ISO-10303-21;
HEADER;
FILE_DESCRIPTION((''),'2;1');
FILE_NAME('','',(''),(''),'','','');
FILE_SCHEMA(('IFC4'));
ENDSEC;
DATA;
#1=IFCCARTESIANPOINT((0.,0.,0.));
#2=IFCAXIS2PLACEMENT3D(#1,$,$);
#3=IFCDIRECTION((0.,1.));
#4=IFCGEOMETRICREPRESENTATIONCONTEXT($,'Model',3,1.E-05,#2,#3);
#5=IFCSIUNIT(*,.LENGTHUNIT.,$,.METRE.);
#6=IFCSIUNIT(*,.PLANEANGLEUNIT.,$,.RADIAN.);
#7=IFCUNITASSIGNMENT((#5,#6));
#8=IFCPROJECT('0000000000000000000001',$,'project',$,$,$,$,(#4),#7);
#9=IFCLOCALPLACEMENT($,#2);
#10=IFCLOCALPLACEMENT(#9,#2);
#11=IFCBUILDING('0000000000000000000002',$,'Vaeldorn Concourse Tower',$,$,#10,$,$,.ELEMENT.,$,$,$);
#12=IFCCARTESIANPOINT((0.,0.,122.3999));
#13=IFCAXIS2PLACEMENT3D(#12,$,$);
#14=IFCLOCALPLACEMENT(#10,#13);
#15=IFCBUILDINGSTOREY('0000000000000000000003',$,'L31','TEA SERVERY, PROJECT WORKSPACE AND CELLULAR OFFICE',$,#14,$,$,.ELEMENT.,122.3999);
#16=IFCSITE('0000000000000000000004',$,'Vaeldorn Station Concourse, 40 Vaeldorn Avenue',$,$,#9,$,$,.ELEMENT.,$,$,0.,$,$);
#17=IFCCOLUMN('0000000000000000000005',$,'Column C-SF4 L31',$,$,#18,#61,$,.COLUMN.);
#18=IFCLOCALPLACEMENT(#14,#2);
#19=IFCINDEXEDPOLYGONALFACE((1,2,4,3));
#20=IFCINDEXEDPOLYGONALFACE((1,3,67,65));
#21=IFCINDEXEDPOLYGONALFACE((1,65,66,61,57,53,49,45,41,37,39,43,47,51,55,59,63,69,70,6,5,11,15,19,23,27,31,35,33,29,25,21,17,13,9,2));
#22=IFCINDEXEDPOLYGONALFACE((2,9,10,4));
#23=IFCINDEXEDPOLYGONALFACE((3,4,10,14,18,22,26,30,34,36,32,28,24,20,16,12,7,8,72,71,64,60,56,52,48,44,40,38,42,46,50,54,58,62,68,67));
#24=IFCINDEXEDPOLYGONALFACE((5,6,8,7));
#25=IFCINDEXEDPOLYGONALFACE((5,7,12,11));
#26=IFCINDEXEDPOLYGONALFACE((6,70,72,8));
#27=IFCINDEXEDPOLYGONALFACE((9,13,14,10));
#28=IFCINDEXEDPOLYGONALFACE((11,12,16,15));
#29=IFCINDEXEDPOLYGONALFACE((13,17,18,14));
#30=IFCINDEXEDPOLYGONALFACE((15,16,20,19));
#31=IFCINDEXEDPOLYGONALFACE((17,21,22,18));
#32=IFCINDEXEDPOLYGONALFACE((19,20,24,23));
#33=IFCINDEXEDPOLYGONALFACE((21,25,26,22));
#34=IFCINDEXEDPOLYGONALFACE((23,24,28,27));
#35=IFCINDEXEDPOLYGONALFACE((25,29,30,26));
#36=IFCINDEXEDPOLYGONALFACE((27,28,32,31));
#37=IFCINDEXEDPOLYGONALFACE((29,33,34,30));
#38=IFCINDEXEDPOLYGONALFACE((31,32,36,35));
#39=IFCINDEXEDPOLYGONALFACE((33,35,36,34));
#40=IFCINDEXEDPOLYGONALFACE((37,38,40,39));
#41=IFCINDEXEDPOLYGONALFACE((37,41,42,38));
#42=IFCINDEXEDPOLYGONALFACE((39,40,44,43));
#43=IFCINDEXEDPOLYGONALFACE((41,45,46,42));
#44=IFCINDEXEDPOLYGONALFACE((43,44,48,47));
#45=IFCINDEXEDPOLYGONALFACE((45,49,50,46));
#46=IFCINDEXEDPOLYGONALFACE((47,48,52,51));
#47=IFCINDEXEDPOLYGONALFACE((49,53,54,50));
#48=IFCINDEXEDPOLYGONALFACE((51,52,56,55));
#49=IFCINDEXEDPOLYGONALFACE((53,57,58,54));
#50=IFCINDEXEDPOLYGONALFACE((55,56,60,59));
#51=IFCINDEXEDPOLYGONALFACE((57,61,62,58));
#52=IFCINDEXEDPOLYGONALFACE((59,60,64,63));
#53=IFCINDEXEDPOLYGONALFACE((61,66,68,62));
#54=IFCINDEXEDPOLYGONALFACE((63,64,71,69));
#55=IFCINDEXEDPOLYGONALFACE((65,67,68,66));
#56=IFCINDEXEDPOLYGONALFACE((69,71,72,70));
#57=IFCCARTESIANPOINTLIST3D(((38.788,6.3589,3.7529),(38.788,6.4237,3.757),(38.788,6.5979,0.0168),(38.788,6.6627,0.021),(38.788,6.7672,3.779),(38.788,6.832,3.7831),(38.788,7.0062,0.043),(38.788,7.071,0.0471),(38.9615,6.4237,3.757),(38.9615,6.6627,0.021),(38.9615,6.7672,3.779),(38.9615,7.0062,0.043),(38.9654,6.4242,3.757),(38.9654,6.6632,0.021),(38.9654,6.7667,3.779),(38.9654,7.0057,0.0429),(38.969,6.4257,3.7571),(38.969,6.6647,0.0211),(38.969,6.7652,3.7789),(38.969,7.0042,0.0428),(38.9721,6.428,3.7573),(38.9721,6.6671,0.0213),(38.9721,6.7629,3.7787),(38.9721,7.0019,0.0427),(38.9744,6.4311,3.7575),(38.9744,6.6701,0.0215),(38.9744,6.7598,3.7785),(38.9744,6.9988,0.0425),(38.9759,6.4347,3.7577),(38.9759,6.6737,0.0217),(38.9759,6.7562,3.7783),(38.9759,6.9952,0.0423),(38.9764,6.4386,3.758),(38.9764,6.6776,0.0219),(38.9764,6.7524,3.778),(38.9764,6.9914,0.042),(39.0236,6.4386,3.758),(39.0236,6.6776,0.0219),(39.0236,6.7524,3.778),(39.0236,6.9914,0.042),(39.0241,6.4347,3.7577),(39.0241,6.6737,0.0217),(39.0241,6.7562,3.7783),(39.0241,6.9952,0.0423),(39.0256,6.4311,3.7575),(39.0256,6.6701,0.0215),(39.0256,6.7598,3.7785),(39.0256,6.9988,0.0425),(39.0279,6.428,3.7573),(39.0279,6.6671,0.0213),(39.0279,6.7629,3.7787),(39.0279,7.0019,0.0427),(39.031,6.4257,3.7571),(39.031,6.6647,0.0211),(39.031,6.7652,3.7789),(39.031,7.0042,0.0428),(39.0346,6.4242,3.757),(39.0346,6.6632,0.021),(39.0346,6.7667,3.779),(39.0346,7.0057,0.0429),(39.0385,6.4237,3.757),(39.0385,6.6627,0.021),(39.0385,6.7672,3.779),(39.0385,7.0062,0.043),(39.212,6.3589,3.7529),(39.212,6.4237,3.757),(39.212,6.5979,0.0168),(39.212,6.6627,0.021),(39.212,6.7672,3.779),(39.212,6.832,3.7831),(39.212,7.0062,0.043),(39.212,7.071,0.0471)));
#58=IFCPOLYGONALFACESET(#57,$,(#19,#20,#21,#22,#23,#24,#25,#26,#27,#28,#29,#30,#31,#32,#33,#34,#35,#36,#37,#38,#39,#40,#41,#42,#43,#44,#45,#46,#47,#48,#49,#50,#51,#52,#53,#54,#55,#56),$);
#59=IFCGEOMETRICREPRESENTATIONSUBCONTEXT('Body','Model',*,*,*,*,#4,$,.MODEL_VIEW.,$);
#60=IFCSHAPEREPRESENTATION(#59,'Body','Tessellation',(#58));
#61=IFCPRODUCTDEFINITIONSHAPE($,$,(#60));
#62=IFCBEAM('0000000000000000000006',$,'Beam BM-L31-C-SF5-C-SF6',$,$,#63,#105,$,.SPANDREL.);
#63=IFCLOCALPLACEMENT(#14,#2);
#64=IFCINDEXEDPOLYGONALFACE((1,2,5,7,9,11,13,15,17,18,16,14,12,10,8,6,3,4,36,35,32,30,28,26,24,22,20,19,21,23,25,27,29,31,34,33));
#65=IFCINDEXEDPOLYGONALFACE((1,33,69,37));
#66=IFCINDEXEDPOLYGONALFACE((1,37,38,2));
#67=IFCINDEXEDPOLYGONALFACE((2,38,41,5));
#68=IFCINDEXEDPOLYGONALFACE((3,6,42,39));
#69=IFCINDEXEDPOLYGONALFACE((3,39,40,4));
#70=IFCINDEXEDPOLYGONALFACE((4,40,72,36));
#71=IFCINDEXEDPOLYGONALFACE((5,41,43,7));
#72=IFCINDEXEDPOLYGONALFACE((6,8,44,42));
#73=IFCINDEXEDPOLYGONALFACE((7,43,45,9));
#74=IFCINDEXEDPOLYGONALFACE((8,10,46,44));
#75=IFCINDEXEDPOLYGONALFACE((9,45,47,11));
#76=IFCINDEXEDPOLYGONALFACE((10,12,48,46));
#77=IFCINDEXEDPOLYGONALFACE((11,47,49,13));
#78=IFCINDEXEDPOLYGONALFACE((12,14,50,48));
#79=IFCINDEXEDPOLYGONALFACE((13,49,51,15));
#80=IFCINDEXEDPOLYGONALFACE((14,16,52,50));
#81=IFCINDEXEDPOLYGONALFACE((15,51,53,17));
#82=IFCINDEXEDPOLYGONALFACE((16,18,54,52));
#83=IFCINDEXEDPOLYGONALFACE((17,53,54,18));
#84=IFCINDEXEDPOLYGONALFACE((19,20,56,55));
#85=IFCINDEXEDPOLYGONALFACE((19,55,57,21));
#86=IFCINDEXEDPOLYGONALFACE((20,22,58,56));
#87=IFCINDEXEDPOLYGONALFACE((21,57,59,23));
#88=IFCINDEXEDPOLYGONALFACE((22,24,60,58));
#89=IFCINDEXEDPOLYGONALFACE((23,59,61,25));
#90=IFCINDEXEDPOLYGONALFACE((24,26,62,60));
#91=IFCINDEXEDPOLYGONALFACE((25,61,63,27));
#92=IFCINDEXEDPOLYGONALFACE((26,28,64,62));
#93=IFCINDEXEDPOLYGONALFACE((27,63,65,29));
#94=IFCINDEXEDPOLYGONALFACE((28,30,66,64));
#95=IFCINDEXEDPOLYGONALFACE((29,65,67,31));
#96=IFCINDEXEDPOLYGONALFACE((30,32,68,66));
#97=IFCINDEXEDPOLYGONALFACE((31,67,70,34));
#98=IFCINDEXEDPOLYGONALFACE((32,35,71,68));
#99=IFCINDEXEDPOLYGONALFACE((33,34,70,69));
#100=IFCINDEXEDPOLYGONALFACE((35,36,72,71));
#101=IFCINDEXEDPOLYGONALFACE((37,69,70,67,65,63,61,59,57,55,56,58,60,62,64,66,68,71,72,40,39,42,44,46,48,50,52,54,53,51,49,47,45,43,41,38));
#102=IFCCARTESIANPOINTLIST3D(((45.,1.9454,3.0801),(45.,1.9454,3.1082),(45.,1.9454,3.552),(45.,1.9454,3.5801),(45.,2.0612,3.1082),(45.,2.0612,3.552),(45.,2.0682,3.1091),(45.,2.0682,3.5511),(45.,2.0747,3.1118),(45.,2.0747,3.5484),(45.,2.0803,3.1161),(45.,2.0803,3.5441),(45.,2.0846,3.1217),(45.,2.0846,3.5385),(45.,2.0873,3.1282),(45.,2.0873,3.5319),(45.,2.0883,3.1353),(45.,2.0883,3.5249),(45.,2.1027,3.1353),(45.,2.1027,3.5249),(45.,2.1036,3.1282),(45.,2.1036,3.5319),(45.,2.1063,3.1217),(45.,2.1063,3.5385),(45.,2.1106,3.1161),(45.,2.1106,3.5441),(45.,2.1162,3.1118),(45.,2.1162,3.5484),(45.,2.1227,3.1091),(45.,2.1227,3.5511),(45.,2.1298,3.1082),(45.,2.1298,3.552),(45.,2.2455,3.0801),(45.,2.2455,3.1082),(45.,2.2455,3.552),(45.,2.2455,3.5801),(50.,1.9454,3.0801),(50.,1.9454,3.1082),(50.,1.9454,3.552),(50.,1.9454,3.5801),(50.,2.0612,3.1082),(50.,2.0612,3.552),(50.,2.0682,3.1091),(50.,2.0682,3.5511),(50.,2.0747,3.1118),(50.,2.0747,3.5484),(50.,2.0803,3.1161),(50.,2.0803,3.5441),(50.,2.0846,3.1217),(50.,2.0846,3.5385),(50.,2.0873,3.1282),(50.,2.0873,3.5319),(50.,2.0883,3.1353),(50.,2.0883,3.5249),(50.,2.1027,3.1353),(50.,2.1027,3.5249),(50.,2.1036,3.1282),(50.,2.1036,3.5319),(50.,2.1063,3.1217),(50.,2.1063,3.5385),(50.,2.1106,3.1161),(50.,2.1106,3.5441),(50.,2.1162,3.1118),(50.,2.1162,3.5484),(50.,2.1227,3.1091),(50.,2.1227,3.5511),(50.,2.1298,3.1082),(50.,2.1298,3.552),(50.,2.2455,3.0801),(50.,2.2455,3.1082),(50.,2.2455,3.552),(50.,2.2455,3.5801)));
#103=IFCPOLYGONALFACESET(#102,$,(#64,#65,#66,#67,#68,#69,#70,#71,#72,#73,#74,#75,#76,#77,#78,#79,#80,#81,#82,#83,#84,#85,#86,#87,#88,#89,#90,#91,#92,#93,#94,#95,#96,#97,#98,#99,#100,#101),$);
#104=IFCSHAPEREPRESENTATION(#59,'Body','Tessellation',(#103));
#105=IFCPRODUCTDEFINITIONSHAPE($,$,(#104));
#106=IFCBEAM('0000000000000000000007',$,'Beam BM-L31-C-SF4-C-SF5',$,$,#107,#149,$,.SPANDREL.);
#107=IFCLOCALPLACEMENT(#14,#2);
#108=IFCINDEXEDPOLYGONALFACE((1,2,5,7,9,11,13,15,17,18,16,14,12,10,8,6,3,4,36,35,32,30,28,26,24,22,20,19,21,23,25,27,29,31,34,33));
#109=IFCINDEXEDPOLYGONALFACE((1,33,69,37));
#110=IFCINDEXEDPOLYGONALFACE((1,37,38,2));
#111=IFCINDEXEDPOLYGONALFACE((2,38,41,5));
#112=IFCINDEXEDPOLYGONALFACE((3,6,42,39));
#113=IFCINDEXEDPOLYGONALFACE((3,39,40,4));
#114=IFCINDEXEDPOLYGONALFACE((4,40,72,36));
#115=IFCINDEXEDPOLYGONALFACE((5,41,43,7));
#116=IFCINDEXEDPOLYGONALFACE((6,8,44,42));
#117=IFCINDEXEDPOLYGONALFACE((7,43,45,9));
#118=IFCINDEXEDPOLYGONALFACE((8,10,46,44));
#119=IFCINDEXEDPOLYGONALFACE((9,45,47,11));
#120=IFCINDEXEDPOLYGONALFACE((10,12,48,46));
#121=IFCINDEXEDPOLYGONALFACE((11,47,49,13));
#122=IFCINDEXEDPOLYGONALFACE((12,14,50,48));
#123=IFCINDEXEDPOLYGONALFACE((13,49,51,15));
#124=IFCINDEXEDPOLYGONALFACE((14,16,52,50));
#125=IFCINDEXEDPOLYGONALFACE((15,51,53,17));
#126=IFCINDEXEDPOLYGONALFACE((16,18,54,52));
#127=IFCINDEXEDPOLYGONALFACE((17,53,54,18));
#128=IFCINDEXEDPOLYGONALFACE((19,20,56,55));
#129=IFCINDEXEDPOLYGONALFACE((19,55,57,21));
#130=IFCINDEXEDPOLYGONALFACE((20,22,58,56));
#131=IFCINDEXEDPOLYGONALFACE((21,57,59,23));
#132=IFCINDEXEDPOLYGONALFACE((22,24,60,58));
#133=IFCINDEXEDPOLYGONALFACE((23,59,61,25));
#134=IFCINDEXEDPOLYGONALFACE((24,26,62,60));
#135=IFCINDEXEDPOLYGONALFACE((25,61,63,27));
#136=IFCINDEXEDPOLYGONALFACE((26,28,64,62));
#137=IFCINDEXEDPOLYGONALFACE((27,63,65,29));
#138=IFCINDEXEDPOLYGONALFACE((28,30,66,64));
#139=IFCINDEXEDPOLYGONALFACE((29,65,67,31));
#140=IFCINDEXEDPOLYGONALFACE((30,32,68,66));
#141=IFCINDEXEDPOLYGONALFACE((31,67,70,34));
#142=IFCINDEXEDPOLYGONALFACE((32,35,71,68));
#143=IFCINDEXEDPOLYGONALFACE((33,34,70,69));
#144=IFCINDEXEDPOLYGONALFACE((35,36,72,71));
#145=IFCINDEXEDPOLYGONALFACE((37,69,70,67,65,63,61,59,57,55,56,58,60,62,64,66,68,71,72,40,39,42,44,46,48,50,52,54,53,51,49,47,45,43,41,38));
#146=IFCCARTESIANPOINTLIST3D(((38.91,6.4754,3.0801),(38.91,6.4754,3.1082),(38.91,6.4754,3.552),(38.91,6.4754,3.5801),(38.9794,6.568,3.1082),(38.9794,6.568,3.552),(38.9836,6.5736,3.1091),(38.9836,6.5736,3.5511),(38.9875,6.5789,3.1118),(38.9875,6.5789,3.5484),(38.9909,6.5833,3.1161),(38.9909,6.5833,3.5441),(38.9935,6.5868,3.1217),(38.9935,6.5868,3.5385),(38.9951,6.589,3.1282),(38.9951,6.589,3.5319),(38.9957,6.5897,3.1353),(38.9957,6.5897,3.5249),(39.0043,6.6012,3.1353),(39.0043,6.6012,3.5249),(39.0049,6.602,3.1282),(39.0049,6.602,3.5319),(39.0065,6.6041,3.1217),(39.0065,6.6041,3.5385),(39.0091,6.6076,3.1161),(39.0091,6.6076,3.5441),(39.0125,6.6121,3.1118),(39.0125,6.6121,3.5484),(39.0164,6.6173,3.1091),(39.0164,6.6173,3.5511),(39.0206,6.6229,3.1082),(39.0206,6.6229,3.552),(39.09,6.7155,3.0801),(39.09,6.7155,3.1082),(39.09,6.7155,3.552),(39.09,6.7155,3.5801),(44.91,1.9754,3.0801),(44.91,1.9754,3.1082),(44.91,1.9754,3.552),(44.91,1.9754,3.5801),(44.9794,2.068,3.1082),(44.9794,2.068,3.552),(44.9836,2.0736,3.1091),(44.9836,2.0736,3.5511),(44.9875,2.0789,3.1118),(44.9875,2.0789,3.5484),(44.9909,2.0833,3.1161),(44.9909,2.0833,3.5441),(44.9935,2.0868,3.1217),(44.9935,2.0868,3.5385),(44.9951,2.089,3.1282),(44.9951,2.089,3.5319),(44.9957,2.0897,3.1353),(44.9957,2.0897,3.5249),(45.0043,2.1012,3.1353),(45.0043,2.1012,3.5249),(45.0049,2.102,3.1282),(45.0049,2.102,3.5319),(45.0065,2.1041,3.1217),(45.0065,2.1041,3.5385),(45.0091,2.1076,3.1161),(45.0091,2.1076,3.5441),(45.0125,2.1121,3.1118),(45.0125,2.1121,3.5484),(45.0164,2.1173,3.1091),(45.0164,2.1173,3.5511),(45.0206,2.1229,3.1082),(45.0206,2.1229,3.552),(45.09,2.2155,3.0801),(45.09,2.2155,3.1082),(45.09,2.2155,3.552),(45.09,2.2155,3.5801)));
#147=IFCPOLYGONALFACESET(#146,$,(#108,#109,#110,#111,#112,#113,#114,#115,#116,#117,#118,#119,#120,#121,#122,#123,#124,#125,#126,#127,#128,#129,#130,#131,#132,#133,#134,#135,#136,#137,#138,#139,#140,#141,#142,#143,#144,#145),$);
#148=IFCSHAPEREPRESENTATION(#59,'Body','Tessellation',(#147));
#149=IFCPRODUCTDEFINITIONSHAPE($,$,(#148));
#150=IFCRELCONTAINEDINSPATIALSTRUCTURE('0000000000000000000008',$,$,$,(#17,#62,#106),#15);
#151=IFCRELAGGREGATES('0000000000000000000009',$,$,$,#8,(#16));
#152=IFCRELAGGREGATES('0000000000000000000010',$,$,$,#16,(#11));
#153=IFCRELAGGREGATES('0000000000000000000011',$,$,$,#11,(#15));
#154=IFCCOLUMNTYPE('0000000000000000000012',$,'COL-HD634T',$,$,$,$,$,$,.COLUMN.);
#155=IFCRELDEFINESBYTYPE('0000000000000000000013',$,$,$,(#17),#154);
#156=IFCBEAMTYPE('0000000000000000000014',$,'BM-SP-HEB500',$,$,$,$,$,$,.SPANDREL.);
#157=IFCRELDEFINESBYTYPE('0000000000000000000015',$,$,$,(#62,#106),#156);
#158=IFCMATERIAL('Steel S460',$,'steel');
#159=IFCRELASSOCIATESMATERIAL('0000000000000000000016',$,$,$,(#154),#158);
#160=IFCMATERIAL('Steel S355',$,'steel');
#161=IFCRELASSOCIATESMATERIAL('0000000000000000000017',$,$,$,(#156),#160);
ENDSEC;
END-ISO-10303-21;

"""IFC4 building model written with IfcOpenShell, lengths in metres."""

from ifc_helpers import new_model, si_unit, direction, frame, origin, origin_2d, place, context, subcontext, project, spatial, i_section, extrude, source, transform, mapped, material, material_profile, profile_set, type_object, element, save


model = new_model("IFC4")

# Units and contexts
model_context = context("Model", 3, precision=1e-05, world=origin(), true_north=direction((0.0, 1.0)))
body_context = subcontext(model_context, "Body", "Model", "MODEL_VIEW")
ifc_project = project(units=[si_unit("LENGTHUNIT", "METRE"), si_unit("PLANEANGLEUNIT", "RADIAN")], contexts=[model_context])

# Site, building, storey
site_placement = place(None, origin())
site = spatial("IfcSite", under=ifc_project, at=site_placement, Name="Vaeldorn Station Concourse, 40 Vaeldorn Avenue", CompositionType="ELEMENT", RefElevation=0.0)
building_placement = place(site_placement, origin())
building = spatial("IfcBuilding", under=site, at=building_placement, Name="Vaeldorn Concourse Tower", CompositionType="ELEMENT")
storey_placement = place(building_placement, frame((0.0, 0.0, 122.3999)))
storey = spatial("IfcBuildingStorey", under=building, at=storey_placement, Name="L31", Description="TEA SERVERY, PROJECT WORKSPACE AND CELLULAR OFFICE", CompositionType="ELEMENT", Elevation=122.3999)

# Column
ifc_material_1 = material(Name="Steel S460", Category="steel")
ifc_material_profile_1 = material_profile(ifc_material_1, i_section(OverallWidth=0.4241, OverallDepth=0.4741, WebThickness=0.0471, FlangeThickness=0.0649, FilletRadius=0.0149, at=origin_2d()), Name="HD 400x634")
ifc_profile_set_1 = profile_set([ifc_material_profile_1], Name="Steel S460")
column_type = type_object("IfcColumnType", Name="COL-HD634T", PredefinedType="COLUMN", material=ifc_profile_set_1)
shared_shape_1 = source(origin(), body_context, "Body", "SweptSolid", [
    extrude(i_section(OverallWidth=0.4241, OverallDepth=0.4741, WebThickness=0.0471, FlangeThickness=0.0649, FilletRadius=0.0149, at=origin_2d()), origin(), (0.0, 0.0, 1.0), 3.7437),
])
column_placement = place(storey_placement, frame((39.0, 6.8345, 0.032), z_axis=(0.0, -0.063844, 0.99796), x_axis=(1.0, 0.0, 0.0)))
element("IfcColumn", 1, at=column_placement, inside=storey, type_object=column_type, Name="Column C-SF4 L31", PredefinedType="COLUMN", context=body_context, shape_type="MappedRepresentation", body=[
    mapped(shared_shape_1, transform((0.0, 0.0, 0.0), scale=1.0)),
])

# Beams
ifc_material_2 = material(Name="Steel S355", Category="steel")
ifc_material_profile_2 = material_profile(ifc_material_2, i_section(OverallWidth=0.3, OverallDepth=0.5, WebThickness=0.0144, FlangeThickness=0.0281, FilletRadius=0.0271, at=origin_2d()), Name="HEB 500")
ifc_profile_set_2 = profile_set([ifc_material_profile_2], Name="Steel S355")
beam_type_1 = type_object("IfcBeamType", Name="BM-SP-HEB500", PredefinedType="SPANDREL", material=ifc_profile_set_2)
shared_shape_2 = source(origin(), body_context, "Body", "SweptSolid", [
    extrude(i_section(OverallWidth=0.3, OverallDepth=0.5, WebThickness=0.0144, FlangeThickness=0.0281, FilletRadius=0.0271, at=origin_2d()), origin(), (0.0, 0.0, 1.0), 5.0),
])
beam_1_placement = place(storey_placement, frame((45.0, 2.0955, 3.3301), z_axis=(1.0, 0.0, 0.0), x_axis=(0.0, 1.0, 0.0)))
element("IfcBeam", 2, at=beam_1_placement, inside=storey, type_object=beam_type_1, Name="Beam BM-L31-C-SF5-C-SF6", PredefinedType="SPANDREL", context=body_context, shape_type="MappedRepresentation", body=[
    mapped(shared_shape_2, transform((0.0, 0.0, 0.0), scale=1.0)),
])
shared_shape_3 = source(origin(), body_context, "Body", "SweptSolid", [
    extrude(i_section(OverallWidth=0.3, OverallDepth=0.5, WebThickness=0.0144, FlangeThickness=0.0281, FilletRadius=0.0271, at=origin_2d()), origin(), (0.0, 0.0, 1.0), 7.5),
])
beam_2_placement = place(storey_placement, frame((39.0, 6.5955, 3.3301), z_axis=(0.8, -0.6, 0.0), x_axis=(0.6, 0.8, 0.0)))
element("IfcBeam", 3, at=beam_2_placement, inside=storey, type_object=beam_type_1, Name="Beam BM-L31-C-SF4-C-SF5", PredefinedType="SPANDREL", context=body_context, shape_type="MappedRepresentation", body=[
    mapped(shared_shape_3, transform((0.0, 0.0, 0.0), scale=1.0)),
])

save(model, "model.ifc")
